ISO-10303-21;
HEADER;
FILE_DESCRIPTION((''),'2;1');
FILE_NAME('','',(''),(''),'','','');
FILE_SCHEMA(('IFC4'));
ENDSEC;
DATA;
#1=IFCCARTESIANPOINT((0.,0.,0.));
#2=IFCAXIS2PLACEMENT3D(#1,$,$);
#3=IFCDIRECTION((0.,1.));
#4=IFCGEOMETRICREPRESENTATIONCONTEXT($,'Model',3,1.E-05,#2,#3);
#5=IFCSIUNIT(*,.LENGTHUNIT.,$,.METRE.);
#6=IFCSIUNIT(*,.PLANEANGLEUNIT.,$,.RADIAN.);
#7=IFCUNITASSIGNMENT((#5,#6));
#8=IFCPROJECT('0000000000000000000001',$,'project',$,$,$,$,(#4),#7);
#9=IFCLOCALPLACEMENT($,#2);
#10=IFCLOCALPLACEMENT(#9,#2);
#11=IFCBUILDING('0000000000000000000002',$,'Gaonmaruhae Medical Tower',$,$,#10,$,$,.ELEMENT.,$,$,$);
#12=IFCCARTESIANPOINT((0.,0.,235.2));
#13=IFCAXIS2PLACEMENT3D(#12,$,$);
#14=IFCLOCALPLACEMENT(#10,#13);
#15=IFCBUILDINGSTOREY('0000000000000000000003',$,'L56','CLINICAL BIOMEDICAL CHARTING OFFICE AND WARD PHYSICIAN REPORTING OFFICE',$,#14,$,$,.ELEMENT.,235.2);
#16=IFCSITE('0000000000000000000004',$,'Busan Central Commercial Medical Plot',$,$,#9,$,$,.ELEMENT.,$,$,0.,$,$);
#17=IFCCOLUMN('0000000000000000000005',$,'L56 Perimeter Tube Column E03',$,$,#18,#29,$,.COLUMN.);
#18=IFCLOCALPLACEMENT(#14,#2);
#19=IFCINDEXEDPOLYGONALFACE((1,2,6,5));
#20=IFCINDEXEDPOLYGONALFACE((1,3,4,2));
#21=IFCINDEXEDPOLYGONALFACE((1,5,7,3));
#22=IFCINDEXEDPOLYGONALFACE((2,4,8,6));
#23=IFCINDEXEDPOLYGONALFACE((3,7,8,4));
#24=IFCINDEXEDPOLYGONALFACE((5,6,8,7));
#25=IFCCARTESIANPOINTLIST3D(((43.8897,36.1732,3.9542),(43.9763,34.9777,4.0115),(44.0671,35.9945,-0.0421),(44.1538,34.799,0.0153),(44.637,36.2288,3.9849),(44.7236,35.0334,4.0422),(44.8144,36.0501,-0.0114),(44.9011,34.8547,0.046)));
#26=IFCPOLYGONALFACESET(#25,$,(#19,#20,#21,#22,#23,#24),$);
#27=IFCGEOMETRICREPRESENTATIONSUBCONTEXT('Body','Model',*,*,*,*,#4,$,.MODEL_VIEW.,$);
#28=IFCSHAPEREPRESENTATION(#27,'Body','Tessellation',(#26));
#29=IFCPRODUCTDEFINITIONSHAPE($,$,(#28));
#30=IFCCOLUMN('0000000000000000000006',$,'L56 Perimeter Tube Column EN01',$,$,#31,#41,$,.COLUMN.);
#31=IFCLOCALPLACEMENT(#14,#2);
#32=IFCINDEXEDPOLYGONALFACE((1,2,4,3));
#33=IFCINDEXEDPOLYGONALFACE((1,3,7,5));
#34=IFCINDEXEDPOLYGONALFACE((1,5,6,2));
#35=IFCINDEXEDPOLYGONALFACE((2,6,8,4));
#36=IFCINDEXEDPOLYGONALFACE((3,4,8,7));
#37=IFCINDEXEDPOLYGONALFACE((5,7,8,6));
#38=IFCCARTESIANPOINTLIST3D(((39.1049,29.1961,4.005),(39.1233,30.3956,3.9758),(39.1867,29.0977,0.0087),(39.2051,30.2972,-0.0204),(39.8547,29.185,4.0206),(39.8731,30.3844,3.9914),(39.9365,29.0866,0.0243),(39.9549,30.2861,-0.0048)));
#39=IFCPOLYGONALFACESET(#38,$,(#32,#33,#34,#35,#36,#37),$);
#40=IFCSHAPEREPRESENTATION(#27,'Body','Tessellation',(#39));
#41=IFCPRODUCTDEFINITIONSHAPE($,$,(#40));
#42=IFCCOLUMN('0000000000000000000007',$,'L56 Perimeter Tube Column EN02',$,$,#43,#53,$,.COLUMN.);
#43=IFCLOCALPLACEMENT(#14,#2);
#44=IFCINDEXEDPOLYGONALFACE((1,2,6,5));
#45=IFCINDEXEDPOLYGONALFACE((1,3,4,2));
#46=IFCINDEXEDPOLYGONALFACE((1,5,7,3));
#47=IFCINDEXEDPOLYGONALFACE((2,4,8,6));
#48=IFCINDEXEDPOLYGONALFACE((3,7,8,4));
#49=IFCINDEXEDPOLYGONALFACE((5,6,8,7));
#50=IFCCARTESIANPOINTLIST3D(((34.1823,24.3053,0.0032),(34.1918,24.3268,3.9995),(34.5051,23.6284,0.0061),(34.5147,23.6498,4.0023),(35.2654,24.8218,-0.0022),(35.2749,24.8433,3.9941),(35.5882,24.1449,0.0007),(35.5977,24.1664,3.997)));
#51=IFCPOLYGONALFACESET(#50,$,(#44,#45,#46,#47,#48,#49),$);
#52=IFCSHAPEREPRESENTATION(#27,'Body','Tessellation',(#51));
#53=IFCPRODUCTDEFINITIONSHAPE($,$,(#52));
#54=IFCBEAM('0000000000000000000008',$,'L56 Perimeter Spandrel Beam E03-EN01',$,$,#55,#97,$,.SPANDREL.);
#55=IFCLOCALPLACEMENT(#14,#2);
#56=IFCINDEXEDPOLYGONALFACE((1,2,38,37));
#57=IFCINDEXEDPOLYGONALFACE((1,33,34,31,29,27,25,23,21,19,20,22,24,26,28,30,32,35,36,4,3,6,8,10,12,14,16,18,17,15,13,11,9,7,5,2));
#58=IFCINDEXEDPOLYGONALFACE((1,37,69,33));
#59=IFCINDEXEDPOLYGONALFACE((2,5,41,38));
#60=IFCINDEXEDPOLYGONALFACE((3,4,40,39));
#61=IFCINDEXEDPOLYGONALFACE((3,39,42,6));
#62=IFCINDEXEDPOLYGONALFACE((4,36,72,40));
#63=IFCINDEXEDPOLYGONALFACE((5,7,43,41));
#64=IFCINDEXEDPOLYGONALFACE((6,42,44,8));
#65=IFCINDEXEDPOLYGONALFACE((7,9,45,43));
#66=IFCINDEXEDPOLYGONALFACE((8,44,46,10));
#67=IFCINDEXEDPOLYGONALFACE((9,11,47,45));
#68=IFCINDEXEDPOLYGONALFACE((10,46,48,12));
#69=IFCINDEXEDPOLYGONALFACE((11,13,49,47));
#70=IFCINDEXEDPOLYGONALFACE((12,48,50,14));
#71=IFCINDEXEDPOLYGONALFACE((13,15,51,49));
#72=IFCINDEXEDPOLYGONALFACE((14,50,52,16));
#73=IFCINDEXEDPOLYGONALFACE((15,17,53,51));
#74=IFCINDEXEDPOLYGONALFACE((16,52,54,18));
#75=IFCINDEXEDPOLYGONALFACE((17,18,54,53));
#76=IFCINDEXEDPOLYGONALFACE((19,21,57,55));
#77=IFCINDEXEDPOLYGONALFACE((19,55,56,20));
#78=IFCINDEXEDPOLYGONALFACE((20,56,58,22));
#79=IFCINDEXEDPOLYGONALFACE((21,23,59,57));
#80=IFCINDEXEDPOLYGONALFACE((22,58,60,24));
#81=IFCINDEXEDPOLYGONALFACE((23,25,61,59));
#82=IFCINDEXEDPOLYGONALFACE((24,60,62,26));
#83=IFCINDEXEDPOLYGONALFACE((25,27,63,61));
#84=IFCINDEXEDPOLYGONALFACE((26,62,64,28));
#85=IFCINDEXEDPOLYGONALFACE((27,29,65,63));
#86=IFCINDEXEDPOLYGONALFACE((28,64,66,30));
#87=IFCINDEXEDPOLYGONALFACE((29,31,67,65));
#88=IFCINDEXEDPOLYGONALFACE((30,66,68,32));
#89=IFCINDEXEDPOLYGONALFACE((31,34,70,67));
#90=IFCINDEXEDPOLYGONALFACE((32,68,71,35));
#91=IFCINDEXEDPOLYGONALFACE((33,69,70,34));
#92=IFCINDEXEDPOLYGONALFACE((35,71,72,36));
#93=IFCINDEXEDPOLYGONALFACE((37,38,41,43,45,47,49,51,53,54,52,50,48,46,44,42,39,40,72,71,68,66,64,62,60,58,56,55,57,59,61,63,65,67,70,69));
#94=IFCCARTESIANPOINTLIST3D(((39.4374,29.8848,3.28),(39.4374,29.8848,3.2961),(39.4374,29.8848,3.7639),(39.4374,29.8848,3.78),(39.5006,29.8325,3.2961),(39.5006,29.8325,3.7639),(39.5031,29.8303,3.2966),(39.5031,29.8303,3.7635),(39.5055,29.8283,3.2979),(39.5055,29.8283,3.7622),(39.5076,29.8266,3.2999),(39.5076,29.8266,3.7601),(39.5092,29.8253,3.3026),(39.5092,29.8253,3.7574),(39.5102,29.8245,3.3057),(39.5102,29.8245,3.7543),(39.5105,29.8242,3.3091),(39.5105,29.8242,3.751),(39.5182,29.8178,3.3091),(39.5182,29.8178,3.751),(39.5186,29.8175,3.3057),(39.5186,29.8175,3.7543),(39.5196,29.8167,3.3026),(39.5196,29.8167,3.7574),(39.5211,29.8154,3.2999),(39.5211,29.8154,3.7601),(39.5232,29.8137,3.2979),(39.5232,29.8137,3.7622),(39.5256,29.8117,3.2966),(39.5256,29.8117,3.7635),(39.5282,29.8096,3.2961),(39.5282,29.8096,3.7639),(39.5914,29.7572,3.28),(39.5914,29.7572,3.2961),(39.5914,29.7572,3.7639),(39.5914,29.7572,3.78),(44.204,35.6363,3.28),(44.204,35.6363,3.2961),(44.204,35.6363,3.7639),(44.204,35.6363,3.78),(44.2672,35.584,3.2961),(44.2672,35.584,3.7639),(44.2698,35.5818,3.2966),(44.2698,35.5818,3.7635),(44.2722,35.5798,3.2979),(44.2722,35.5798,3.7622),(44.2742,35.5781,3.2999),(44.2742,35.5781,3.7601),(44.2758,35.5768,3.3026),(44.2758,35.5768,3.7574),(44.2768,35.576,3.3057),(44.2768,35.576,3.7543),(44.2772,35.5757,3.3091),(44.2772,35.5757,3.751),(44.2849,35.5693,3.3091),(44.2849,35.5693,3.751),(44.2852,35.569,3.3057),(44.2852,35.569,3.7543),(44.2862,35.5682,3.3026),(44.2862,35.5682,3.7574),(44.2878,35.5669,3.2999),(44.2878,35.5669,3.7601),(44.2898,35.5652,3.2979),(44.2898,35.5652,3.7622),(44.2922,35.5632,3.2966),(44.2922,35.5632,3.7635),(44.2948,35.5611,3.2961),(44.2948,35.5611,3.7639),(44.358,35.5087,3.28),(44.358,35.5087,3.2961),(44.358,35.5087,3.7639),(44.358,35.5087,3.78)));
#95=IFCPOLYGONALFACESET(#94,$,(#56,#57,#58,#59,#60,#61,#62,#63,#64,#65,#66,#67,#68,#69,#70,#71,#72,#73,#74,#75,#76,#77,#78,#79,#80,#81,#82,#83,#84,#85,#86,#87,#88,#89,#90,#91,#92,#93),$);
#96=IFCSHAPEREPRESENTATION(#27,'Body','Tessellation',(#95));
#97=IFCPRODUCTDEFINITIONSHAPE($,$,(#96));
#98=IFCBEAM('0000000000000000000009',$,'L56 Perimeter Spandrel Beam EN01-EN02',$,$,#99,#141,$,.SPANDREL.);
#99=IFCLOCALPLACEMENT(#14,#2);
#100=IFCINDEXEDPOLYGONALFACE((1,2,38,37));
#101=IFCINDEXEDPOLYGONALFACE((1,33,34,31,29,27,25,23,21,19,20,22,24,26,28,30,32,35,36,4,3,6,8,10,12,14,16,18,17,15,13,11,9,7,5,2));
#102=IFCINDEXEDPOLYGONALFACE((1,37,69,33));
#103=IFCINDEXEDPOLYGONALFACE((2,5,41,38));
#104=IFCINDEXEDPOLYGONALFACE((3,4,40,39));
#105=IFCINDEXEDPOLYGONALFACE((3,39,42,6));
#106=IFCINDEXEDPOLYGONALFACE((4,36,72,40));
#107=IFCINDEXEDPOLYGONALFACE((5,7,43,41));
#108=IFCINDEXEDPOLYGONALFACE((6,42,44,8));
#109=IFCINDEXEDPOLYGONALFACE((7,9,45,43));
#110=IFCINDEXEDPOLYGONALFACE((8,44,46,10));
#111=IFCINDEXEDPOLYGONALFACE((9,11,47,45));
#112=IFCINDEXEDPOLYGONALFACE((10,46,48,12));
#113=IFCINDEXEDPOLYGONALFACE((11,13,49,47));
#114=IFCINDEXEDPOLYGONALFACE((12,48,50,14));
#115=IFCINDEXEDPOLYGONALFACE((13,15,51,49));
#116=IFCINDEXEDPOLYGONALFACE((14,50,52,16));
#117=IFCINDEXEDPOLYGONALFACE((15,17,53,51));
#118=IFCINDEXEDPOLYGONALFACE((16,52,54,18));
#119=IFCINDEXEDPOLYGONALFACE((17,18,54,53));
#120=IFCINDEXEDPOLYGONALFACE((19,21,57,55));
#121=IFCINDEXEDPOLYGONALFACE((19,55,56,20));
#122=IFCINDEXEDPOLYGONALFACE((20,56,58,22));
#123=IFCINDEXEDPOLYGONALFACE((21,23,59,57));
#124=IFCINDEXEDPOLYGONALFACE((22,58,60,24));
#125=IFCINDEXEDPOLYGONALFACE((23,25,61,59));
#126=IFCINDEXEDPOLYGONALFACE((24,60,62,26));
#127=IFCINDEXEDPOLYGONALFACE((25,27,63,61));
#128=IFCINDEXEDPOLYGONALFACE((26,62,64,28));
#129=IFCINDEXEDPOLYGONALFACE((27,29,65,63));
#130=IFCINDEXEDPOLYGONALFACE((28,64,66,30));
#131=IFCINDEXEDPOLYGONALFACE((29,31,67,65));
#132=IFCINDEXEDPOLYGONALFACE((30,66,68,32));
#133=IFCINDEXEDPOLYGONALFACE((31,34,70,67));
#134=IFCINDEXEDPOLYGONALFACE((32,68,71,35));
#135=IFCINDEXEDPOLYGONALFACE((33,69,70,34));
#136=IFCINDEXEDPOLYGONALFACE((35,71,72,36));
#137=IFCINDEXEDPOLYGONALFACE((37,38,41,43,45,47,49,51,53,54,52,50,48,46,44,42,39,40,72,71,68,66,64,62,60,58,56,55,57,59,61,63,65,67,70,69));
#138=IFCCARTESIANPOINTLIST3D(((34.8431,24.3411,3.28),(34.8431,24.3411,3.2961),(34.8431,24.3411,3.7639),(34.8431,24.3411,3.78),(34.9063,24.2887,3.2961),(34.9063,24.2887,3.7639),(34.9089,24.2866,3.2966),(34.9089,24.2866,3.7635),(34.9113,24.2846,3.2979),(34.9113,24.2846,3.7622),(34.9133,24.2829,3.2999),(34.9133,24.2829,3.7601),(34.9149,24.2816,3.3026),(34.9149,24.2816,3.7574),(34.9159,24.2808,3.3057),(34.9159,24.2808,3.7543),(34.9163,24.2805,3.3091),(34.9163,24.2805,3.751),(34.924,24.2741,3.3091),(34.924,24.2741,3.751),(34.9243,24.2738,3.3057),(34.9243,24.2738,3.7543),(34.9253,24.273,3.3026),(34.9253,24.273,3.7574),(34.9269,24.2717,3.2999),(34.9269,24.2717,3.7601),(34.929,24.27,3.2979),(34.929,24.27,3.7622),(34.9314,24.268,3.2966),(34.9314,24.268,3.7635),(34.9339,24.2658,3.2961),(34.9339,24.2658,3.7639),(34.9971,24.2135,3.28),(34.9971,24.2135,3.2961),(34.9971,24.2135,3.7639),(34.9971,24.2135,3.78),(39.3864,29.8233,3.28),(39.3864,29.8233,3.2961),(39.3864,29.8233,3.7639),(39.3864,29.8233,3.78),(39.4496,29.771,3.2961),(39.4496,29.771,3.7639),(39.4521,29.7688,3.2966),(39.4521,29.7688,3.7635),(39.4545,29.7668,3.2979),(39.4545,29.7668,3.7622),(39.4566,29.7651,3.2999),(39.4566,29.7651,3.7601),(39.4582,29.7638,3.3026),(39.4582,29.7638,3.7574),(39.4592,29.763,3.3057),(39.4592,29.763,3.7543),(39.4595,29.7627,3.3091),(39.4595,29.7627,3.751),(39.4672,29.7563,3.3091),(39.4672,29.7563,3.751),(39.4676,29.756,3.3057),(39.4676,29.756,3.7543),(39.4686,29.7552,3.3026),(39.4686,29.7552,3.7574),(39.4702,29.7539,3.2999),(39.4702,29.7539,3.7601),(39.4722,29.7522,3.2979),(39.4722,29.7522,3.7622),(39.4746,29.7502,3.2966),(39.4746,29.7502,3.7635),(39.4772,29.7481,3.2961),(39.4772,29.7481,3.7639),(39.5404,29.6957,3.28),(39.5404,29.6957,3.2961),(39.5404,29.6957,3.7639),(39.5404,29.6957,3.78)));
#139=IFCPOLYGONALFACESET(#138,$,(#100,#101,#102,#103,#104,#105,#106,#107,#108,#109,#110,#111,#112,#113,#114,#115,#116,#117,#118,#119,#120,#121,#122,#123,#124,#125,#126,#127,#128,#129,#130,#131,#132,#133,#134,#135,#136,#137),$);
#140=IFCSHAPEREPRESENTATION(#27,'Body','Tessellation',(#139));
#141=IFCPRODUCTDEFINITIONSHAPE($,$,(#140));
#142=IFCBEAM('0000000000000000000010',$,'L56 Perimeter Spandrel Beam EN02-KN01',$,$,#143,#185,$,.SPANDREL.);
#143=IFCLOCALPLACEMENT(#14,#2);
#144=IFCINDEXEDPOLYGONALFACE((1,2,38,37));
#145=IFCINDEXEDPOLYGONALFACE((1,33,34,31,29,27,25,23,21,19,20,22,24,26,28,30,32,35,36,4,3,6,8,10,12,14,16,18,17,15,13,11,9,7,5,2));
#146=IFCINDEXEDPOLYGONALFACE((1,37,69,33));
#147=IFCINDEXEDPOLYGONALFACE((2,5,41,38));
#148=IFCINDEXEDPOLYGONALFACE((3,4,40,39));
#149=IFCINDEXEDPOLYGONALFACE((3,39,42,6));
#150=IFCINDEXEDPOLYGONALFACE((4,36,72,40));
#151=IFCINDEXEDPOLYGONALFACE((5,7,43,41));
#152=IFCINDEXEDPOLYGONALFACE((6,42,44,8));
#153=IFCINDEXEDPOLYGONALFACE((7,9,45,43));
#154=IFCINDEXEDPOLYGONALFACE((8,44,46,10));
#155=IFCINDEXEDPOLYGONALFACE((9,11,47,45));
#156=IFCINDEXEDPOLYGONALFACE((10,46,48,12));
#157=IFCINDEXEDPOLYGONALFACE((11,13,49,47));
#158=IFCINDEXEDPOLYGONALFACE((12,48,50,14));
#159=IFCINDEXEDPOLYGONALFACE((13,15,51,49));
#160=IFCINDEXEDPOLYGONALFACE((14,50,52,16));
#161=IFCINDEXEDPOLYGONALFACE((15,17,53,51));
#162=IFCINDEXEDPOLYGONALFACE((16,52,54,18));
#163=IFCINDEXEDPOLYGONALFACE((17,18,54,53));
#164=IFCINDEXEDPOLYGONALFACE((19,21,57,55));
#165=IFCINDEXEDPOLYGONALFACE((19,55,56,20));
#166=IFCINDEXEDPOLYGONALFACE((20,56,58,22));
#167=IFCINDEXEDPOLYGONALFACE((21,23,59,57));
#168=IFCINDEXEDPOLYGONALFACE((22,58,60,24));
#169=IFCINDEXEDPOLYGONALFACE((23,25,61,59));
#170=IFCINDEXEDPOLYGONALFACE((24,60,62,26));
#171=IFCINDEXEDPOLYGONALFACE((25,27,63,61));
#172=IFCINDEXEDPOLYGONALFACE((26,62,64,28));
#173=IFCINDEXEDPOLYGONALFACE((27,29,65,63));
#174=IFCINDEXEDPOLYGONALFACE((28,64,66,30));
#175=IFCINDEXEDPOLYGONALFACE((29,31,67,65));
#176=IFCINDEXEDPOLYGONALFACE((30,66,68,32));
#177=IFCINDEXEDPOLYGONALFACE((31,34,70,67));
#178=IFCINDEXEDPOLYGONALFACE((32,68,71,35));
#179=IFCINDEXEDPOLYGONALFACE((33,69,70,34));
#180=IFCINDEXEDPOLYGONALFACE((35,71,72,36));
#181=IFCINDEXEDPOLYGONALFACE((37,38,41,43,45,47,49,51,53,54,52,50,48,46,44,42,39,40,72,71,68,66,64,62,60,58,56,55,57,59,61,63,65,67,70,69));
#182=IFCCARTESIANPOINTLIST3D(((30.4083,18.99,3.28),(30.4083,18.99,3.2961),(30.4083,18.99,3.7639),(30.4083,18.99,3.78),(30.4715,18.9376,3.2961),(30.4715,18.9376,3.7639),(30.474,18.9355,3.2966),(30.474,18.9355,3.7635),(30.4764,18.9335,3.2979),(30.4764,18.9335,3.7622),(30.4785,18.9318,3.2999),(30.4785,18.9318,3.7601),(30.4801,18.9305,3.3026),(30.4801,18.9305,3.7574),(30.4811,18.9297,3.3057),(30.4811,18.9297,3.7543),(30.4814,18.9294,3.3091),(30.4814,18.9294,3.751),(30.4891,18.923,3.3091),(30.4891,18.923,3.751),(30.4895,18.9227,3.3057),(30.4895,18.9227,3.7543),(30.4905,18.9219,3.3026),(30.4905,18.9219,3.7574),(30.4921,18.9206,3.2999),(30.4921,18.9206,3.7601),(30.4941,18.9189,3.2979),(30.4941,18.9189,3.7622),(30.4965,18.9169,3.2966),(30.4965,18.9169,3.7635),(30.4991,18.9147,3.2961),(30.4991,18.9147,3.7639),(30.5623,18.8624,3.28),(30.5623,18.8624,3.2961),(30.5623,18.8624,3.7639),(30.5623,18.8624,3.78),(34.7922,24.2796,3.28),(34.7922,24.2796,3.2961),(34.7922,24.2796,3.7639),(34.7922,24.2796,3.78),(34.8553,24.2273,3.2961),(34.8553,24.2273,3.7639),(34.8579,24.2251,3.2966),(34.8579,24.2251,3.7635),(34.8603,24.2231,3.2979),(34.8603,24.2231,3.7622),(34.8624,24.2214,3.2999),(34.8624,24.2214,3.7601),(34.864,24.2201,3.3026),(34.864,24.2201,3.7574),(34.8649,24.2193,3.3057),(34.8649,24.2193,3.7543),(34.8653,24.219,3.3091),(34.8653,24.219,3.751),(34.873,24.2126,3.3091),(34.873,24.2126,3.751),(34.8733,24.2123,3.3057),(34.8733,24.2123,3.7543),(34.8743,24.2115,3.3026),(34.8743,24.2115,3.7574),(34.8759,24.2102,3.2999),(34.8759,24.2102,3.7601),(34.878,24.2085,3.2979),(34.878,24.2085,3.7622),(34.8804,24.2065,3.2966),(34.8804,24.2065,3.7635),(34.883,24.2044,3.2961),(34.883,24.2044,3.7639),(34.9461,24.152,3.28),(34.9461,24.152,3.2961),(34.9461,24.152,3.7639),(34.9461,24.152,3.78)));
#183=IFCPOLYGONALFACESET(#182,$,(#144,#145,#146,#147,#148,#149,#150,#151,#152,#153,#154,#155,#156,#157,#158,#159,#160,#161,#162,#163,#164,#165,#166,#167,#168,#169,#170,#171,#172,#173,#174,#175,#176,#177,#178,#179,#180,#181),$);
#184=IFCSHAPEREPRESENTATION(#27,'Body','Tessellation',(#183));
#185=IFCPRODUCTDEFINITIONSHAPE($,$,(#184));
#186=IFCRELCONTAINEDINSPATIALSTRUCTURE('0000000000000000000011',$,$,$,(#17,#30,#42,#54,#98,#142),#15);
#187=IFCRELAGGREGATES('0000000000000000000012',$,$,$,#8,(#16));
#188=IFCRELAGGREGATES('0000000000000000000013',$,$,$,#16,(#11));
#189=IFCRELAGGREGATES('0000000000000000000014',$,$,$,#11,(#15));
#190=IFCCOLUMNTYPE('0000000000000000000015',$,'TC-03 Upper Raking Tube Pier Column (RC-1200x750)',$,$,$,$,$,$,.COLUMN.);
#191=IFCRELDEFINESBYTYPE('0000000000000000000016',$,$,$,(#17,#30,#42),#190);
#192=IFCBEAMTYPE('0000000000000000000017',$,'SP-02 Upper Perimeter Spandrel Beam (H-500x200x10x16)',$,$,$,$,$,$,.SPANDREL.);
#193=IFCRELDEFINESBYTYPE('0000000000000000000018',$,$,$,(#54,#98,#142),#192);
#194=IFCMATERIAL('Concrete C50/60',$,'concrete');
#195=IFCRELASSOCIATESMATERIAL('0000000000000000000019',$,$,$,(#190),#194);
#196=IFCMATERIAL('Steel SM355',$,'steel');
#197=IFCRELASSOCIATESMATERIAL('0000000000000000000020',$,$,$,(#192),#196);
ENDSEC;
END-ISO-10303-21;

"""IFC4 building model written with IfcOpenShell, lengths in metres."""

from ifc_helpers import new_model, si_unit, direction, frame, origin, origin_2d, place, context, subcontext, project, spatial, rectangle, i_section, extrude, material, material_profile, profile_set, type_object, element, save


model = new_model("IFC4")

# Units and contexts
model_context = context("Model", 3, precision=1e-05, world=origin(), true_north=direction((0.0, 1.0)))
body_context = subcontext(model_context, "Body", "Model", "MODEL_VIEW")
ifc_project = project(units=[si_unit("LENGTHUNIT", "METRE"), si_unit("PLANEANGLEUNIT", "RADIAN")], contexts=[model_context])

# Site, building, storey
site_placement = place(None, origin())
site = spatial("IfcSite", under=ifc_project, at=site_placement, Name="Busan Central Commercial Medical Plot", CompositionType="ELEMENT", RefElevation=0.0)
building_placement = place(site_placement, origin())
building = spatial("IfcBuilding", under=site, at=building_placement, Name="Gaonmaruhae Medical Tower", CompositionType="ELEMENT")
storey_placement = place(building_placement, frame((0.0, 0.0, 235.2)))
storey = spatial("IfcBuildingStorey", under=building, at=storey_placement, Name="L56", Description="CLINICAL BIOMEDICAL CHARTING OFFICE AND WARD PHYSICIAN REPORTING OFFICE", CompositionType="ELEMENT", Elevation=235.2)

# Columns
ifc_material_1 = material(Name="Concrete C50/60", Category="concrete")
ifc_material_profile_1 = material_profile(ifc_material_1, rectangle(XDim=1.2, YDim=0.75, at=origin_2d()), Name="RC-1200x750")
ifc_profile_set_1 = profile_set([ifc_material_profile_1], Name="Concrete C50/60")
column_type = type_object("IfcColumnType", Name="TC-03 Upper Raking Tube Pier Column (RC-1200x750)", PredefinedType="COLUMN", material=ifc_profile_set_1)
column_1_placement = place(storey_placement, frame((44.4841, 35.4246, 0.002), z_axis=(-0.044325, 0.04463, 0.99802), x_axis=(0.072242, -0.996243, 0.047759)))
element("IfcColumn", 1, at=column_1_placement, inside=storey, type_object=column_type, Name="L56 Perimeter Tube Column E03", PredefinedType="COLUMN", context=body_context, shape_type="SweptSolid", body=[
    extrude(rectangle(XDim=1.2, YDim=0.75, at=origin_2d()), origin(), (0.0, 0.0, 1.0), 4.0042),
])
column_2_placement = place(storey_placement, frame((39.5708, 29.6919, 0.002), z_axis=(-0.020455, 0.024607, 0.999488), x_axis=(-0.015335, -0.999587, 0.024296)))
element("IfcColumn", 2, at=column_2_placement, inside=storey, type_object=column_type, Name="L56 Perimeter Tube Column EN01", PredefinedType="COLUMN", context=body_context, shape_type="SweptSolid", body=[
    extrude(rectangle(XDim=1.2, YDim=0.75, at=origin_2d()), origin(), (0.0, 0.0, 1.0), 3.9983),
])
column_3_placement = place(storey_placement, frame((34.8853, 24.2251, 0.002), z_axis=(0.002383, 0.005376, 0.999983), x_axis=(-0.902595, -0.430467, 0.004465)))
element("IfcColumn", 3, at=column_3_placement, inside=storey, type_object=column_type, Name="L56 Perimeter Tube Column EN02", PredefinedType="COLUMN", context=body_context, shape_type="SweptSolid", body=[
    extrude(rectangle(XDim=1.2, YDim=0.75, at=origin_2d()), origin(), (0.0, 0.0, 1.0), 3.9963),
])

# Beams
ifc_material_2 = material(Name="Steel SM355", Category="steel")
ifc_material_profile_2 = material_profile(ifc_material_2, i_section(OverallWidth=0.2, OverallDepth=0.5, WebThickness=0.01, FlangeThickness=0.0161, FilletRadius=0.0129, at=origin_2d()), Name="H-500x200x10x16")
ifc_profile_set_2 = profile_set([ifc_material_profile_2], Name="Steel SM355")
beam_type = type_object("IfcBeamType", Name="SP-02 Upper Perimeter Spandrel Beam (H-500x200x10x16)", PredefinedType="SPANDREL", material=ifc_profile_set_2)
beam_1_placement = place(storey_placement, frame((44.281, 35.5725, 3.53), z_axis=(-0.638105, -0.769949, 0.0), x_axis=(0.769949, -0.638105, 0.0)))
element("IfcBeam", 4, at=beam_1_placement, inside=storey, type_object=beam_type, Name="L56 Perimeter Spandrel Beam E03-EN01", PredefinedType="SPANDREL", context=body_context, shape_type="SweptSolid", body=[
    extrude(i_section(OverallWidth=0.2, OverallDepth=0.5, WebThickness=0.01, FlangeThickness=0.0161, FilletRadius=0.0129, at=origin_2d()), origin(), (0.0, 0.0, 1.0), 7.47),
])
beam_2_placement = place(storey_placement, frame((39.4634, 29.7595, 3.53), z_axis=(-0.638088, -0.769964, 0.0), x_axis=(0.769964, -0.638088, 0.0)))
element("IfcBeam", 5, at=beam_2_placement, inside=storey, type_object=beam_type, Name="L56 Perimeter Spandrel Beam EN01-EN02", PredefinedType="SPANDREL", context=body_context, shape_type="SweptSolid", body=[
    extrude(i_section(OverallWidth=0.2, OverallDepth=0.5, WebThickness=0.01, FlangeThickness=0.0161, FilletRadius=0.0129, at=origin_2d()), origin(), (0.0, 0.0, 1.0), 7.1201),
])
beam_3_placement = place(storey_placement, frame((34.8691, 24.2158, 3.53), z_axis=(-0.638106, -0.769949, 0.0), x_axis=(0.769949, -0.638106, 0.0)))
element("IfcBeam", 6, at=beam_3_placement, inside=storey, type_object=beam_type, Name="L56 Perimeter Spandrel Beam EN02-KN01", PredefinedType="SPANDREL", context=body_context, shape_type="SweptSolid", body=[
    extrude(i_section(OverallWidth=0.2, OverallDepth=0.5, WebThickness=0.01, FlangeThickness=0.0161, FilletRadius=0.0129, at=origin_2d()), origin(), (0.0, 0.0, 1.0), 6.8701),
])

save(model, "model.ifc")
